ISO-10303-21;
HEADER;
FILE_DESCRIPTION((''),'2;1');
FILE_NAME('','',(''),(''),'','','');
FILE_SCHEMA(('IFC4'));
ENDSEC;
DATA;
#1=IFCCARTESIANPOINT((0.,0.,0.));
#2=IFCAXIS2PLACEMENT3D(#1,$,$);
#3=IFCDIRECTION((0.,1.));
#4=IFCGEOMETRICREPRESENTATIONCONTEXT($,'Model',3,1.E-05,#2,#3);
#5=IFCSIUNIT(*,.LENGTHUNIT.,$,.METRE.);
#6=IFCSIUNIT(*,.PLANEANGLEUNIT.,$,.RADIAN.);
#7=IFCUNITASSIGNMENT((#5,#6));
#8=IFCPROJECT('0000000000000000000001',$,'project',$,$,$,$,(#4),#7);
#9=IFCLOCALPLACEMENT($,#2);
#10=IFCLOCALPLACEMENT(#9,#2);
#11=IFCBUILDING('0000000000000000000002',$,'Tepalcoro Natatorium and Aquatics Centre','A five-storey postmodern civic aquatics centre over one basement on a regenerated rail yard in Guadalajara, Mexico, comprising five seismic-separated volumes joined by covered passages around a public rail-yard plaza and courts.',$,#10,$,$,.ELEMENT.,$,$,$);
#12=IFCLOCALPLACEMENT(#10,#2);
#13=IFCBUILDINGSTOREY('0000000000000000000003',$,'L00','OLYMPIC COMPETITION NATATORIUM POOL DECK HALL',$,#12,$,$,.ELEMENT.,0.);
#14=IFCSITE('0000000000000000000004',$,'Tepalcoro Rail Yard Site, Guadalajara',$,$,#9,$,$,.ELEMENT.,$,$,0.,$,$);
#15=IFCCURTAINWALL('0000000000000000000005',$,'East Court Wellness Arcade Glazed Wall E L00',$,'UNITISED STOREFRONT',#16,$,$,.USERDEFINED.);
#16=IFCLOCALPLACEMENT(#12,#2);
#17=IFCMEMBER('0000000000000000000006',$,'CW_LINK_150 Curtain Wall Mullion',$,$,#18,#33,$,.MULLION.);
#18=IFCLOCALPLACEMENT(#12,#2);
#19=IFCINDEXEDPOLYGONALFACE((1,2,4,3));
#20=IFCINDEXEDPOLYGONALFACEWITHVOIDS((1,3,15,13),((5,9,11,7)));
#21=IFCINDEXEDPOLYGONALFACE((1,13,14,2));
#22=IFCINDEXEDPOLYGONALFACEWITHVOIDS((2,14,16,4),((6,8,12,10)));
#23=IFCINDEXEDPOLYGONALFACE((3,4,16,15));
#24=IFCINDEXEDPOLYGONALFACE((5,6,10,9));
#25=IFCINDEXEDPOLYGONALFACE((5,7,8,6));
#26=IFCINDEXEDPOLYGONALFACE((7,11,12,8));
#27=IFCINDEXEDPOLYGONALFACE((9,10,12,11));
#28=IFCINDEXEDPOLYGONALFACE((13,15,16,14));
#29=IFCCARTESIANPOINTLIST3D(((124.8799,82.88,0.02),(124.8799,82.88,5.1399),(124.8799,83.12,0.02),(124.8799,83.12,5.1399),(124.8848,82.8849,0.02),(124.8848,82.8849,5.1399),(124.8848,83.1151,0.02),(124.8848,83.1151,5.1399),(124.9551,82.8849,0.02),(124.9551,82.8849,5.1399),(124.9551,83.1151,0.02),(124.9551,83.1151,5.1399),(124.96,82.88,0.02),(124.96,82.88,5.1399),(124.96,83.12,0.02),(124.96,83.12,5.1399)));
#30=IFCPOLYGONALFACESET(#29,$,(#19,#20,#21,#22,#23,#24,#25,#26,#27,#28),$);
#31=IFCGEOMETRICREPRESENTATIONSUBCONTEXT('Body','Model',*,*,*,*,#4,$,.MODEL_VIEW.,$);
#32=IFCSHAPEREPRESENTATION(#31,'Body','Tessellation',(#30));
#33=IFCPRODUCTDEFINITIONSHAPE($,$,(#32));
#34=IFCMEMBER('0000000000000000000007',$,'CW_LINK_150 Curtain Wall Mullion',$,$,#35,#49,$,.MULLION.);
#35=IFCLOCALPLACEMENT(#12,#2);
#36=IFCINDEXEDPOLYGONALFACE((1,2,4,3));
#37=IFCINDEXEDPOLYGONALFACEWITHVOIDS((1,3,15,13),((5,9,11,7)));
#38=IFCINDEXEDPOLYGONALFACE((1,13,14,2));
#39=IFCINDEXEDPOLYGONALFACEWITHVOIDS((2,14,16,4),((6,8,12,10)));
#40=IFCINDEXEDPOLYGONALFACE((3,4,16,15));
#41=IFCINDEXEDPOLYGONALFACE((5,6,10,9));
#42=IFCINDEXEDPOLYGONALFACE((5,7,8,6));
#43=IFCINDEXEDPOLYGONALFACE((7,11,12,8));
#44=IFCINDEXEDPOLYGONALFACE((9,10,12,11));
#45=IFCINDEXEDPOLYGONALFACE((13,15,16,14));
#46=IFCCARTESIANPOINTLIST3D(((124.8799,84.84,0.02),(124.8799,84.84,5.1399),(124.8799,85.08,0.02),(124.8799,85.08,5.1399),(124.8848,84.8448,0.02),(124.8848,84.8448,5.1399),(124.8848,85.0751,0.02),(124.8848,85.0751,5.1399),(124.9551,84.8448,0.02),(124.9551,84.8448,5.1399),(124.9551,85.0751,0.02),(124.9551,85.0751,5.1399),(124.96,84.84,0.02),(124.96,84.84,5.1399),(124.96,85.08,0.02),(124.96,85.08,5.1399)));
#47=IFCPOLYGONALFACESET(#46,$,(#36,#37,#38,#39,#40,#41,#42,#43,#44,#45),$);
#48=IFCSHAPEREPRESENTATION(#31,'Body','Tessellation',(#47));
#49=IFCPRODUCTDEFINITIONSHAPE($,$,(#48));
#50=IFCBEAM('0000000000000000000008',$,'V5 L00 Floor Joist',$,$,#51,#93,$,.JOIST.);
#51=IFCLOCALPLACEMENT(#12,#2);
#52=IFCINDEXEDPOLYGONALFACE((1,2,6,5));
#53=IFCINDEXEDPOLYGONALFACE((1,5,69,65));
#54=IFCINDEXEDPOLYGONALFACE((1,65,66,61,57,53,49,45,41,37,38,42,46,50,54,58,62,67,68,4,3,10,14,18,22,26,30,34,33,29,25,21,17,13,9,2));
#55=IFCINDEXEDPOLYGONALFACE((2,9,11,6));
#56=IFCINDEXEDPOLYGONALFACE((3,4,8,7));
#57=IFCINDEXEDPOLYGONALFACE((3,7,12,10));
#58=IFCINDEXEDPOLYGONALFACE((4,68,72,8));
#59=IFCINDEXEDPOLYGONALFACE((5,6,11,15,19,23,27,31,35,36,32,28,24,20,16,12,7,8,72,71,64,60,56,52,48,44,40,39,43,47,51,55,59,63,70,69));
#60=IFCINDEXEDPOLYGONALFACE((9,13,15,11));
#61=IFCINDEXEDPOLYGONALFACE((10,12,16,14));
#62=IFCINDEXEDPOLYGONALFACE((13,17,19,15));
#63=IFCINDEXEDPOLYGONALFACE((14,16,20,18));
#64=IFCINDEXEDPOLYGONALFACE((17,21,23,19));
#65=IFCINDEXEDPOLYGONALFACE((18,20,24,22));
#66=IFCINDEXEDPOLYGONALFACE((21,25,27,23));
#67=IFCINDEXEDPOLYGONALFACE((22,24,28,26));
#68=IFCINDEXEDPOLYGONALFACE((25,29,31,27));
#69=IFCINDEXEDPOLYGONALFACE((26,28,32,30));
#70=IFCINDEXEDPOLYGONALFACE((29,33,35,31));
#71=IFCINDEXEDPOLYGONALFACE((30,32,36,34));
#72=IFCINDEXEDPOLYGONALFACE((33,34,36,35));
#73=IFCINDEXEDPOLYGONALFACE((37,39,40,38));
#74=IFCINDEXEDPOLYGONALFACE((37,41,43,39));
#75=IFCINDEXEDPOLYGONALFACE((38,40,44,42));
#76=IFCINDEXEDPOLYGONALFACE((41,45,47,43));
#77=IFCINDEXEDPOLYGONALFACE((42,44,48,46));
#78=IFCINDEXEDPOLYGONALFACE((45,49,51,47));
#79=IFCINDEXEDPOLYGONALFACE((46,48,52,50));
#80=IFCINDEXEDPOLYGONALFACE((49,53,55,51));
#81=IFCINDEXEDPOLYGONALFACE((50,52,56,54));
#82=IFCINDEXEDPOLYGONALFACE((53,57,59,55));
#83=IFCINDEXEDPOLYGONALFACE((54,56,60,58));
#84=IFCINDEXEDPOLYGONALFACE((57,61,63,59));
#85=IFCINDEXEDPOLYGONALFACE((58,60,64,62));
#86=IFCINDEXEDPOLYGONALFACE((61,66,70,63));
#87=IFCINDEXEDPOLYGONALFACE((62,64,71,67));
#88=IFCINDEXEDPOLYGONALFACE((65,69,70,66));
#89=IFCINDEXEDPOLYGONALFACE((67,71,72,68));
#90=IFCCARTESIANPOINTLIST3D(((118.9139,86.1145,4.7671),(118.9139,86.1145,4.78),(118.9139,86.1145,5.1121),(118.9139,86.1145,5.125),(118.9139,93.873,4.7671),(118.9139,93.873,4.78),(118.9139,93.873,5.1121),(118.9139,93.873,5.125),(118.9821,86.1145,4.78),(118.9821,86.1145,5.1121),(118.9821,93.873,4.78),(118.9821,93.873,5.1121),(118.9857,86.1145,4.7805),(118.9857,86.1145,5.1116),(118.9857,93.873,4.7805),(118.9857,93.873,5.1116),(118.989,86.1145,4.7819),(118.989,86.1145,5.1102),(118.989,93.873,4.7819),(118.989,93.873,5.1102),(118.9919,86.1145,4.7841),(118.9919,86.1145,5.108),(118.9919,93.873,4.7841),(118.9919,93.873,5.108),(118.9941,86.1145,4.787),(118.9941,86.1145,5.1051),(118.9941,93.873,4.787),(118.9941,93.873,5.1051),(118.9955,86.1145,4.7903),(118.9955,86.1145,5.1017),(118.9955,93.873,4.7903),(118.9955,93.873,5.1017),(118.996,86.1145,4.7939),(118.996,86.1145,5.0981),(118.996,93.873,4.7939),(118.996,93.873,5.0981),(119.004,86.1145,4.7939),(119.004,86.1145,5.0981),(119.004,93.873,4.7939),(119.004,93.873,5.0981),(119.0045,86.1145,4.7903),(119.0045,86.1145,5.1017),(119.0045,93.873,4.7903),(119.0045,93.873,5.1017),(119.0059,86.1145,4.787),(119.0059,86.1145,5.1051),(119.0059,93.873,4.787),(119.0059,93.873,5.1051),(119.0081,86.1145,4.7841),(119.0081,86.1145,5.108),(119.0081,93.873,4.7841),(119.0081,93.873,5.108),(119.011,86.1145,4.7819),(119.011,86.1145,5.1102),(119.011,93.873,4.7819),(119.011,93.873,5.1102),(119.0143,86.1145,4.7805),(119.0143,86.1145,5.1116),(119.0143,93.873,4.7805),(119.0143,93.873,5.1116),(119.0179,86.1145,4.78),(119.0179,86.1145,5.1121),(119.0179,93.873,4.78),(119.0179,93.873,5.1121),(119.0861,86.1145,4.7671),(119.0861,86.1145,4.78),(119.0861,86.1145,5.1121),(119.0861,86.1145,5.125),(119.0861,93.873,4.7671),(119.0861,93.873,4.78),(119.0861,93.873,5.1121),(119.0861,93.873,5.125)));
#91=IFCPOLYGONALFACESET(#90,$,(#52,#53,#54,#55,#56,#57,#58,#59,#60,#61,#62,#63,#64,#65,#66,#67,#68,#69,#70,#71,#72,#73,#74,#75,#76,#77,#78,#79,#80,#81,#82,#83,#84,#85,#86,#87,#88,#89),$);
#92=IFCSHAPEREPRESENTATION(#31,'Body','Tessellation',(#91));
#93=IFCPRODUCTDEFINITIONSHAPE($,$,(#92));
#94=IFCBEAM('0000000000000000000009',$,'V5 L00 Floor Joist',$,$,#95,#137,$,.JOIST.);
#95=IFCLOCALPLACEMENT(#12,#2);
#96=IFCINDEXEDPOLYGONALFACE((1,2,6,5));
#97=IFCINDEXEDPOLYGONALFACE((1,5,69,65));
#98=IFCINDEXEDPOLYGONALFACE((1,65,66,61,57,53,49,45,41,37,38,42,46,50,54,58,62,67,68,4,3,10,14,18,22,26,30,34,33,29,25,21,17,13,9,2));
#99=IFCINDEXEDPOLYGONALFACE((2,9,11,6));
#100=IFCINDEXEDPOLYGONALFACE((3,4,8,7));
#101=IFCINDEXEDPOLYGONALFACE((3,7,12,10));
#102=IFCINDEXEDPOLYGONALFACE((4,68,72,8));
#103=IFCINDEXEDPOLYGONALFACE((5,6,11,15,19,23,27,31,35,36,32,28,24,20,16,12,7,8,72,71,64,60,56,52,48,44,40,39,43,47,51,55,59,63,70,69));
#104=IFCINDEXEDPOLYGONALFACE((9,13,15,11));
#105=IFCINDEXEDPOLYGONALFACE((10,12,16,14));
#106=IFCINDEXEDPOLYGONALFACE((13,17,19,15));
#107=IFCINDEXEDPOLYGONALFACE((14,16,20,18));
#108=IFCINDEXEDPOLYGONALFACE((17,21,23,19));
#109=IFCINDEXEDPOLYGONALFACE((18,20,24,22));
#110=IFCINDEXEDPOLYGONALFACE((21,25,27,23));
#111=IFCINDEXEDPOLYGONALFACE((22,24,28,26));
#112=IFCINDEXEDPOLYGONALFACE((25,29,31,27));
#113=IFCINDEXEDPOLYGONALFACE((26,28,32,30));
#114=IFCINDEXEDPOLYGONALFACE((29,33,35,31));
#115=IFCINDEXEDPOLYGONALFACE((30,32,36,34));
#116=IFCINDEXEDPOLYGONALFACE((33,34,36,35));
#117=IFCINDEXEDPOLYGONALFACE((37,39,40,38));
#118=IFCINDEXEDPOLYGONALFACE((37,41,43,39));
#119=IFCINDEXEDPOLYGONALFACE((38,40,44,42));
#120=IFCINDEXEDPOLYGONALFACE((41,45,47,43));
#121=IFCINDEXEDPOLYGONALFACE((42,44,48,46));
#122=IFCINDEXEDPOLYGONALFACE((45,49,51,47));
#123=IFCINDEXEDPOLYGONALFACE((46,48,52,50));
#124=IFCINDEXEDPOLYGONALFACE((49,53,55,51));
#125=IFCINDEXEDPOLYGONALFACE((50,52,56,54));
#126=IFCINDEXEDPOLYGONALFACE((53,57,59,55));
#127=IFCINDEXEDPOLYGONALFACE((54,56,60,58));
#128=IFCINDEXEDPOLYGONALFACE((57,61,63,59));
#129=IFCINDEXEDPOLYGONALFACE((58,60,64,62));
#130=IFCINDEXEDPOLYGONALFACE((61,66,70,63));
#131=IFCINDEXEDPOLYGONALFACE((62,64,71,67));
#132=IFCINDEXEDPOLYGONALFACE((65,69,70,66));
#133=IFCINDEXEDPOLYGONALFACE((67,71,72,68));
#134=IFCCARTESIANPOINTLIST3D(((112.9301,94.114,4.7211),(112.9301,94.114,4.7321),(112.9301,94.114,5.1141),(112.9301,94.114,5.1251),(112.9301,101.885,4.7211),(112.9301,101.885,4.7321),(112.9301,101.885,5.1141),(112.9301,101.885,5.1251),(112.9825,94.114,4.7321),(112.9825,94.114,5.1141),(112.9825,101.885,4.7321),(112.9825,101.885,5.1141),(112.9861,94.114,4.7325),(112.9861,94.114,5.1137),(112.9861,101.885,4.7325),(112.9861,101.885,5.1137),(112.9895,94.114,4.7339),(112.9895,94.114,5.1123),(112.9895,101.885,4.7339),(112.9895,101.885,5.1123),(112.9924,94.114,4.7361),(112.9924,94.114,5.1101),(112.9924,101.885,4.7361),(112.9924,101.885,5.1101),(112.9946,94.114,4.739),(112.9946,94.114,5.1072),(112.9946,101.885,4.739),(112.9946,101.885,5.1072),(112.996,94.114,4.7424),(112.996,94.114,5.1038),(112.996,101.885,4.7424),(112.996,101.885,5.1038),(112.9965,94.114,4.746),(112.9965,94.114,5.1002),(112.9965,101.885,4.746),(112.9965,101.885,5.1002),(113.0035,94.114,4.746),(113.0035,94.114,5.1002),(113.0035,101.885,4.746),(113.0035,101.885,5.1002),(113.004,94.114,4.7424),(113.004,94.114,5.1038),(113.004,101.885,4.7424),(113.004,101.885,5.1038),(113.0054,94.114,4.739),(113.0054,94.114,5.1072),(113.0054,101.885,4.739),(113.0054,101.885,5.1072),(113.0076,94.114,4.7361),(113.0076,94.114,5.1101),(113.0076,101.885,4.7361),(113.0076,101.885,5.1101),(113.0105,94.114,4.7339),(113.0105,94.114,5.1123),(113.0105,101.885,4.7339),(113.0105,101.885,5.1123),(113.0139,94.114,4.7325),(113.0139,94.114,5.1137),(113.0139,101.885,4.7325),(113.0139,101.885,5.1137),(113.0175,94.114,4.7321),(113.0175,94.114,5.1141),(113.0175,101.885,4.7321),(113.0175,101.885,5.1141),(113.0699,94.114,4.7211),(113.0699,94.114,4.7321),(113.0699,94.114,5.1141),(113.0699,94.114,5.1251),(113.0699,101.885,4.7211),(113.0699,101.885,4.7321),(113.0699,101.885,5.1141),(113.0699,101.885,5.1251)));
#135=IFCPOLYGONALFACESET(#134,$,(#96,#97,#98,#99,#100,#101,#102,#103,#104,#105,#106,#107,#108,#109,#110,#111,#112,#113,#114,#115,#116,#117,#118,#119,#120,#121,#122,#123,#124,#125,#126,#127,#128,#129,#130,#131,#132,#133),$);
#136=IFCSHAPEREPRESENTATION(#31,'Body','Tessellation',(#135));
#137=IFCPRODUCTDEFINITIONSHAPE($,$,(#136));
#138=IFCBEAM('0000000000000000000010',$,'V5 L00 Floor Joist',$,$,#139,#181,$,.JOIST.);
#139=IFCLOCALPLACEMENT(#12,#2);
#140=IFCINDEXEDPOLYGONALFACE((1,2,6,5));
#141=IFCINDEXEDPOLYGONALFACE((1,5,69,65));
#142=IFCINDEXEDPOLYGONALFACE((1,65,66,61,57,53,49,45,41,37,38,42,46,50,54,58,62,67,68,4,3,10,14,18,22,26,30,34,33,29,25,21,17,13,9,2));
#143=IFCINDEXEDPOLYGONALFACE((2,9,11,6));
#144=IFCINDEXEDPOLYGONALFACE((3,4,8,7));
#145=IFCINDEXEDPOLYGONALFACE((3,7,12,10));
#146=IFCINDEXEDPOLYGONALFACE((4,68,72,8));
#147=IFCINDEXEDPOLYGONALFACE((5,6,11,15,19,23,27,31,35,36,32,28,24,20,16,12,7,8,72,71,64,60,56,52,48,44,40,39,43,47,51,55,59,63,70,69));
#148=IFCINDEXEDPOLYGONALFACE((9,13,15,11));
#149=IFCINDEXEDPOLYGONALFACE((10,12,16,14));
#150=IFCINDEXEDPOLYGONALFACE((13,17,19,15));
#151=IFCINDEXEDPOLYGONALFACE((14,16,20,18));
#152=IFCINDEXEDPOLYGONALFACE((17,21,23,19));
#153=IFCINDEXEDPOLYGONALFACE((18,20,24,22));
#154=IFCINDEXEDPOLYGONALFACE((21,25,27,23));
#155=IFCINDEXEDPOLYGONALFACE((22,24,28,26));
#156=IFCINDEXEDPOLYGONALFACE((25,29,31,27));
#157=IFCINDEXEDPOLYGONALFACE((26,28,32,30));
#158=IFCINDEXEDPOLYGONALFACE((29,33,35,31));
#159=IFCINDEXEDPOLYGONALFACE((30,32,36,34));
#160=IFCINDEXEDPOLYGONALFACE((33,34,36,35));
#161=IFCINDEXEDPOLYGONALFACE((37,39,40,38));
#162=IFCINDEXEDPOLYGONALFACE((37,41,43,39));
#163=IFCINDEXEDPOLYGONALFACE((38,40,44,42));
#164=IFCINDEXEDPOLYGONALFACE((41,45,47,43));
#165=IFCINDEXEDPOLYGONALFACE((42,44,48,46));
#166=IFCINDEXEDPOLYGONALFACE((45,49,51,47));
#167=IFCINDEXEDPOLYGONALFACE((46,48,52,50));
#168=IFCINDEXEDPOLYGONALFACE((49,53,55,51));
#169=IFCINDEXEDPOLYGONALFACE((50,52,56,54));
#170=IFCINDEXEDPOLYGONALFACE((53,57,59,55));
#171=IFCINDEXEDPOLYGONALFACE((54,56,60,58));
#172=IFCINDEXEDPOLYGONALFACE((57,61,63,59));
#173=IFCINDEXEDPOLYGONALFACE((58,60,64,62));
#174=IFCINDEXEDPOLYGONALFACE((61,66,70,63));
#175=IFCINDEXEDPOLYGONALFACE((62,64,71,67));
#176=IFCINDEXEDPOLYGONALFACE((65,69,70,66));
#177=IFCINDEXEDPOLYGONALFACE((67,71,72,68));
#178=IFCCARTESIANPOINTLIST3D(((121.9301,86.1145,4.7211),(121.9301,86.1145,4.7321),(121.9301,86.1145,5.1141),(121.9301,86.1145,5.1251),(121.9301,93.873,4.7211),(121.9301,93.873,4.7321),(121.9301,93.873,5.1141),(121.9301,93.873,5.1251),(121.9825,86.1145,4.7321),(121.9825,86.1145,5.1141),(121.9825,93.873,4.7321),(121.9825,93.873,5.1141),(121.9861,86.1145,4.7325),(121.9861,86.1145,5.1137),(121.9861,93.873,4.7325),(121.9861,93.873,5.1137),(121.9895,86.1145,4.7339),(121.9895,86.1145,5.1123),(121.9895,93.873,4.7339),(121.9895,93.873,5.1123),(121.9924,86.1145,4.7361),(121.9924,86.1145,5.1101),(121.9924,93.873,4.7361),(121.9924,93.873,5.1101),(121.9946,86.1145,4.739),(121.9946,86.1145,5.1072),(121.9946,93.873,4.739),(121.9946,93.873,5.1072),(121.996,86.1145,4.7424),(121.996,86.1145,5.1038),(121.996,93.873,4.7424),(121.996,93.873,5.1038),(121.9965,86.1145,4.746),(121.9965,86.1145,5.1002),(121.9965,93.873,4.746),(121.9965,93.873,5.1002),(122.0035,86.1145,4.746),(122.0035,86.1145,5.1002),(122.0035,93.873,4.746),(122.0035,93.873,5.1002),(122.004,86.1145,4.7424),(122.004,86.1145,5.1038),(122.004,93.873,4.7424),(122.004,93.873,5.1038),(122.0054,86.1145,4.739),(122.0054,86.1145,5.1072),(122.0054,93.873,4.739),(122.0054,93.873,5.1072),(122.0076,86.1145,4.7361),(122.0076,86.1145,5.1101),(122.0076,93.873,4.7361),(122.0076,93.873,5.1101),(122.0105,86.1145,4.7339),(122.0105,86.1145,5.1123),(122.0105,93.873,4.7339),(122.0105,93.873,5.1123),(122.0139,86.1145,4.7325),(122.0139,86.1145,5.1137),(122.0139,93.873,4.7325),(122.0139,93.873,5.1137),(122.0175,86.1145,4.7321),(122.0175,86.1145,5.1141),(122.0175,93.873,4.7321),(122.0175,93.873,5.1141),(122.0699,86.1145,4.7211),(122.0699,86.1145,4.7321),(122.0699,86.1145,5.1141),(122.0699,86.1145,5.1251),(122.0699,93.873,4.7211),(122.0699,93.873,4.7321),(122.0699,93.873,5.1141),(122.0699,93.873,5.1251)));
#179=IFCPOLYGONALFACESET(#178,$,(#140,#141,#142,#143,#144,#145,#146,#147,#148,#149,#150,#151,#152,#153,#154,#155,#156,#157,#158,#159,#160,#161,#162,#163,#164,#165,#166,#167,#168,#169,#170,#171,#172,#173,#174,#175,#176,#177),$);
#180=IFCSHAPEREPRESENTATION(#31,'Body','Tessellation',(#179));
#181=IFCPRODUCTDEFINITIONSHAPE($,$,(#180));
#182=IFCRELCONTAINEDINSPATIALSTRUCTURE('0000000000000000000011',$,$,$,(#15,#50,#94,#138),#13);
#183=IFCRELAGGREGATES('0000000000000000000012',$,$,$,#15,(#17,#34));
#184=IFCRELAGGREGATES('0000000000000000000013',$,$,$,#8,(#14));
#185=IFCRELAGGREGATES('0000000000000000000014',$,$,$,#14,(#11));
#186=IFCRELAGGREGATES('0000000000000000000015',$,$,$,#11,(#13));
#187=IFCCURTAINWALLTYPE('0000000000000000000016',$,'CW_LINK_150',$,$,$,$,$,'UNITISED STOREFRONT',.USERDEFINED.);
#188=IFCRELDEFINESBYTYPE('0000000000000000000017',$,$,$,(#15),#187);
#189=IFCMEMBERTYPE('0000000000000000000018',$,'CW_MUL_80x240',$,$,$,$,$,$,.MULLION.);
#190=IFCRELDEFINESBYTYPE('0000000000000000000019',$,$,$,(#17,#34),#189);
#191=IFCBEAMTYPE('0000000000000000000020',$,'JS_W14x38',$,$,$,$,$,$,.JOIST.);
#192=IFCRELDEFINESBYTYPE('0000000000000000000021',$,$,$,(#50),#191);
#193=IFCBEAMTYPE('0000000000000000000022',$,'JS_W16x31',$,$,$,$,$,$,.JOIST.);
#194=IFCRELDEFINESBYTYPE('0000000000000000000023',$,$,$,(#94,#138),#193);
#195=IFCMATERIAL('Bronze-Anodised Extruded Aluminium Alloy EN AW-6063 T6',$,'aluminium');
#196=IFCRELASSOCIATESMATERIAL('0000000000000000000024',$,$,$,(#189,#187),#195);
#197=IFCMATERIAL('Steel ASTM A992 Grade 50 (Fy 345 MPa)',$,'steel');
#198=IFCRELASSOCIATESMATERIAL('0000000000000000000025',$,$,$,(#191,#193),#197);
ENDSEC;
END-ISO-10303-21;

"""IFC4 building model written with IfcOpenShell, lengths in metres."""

from ifc_helpers import new_model, si_unit, direction, frame, origin, origin_2d, place, context, subcontext, project, spatial, hollow_rectangle, i_section, extrude, material, material_profile, profile_set, type_object, element, aggregate, save


model = new_model("IFC4")

# Units and contexts
model_context = context("Model", 3, precision=1e-05, world=origin(), true_north=direction((0.0, 1.0)))
body_context = subcontext(model_context, "Body", "Model", "MODEL_VIEW")
ifc_project = project(units=[si_unit("LENGTHUNIT", "METRE"), si_unit("PLANEANGLEUNIT", "RADIAN")], contexts=[model_context])

# Site, building, storey
site_placement = place(None, origin())
site = spatial("IfcSite", under=ifc_project, at=site_placement, Name="Tepalcoro Rail Yard Site, Guadalajara", CompositionType="ELEMENT", RefElevation=0.0)
building_placement = place(site_placement, origin())
building = spatial("IfcBuilding", under=site, at=building_placement, Name="Tepalcoro Natatorium and Aquatics Centre", Description="A five-storey postmodern civic aquatics centre over one basement on a regenerated rail yard in Guadalajara, Mexico, comprising five seismic-separated volumes joined by covered passages around a public rail-yard plaza and courts.", CompositionType="ELEMENT")
storey_placement = place(building_placement, origin())
storey = spatial("IfcBuildingStorey", under=building, at=storey_placement, Name="L00", Description="OLYMPIC COMPETITION NATATORIUM POOL DECK HALL", CompositionType="ELEMENT", Elevation=0.0)

# Shared definitions
ifc_material_1 = material(Name="Steel ASTM A992 Grade 50 (Fy 345 MPa)", Category="steel")

# Curtain wall, members
ifc_material_2 = material(Name="Bronze-Anodised Extruded Aluminium Alloy EN AW-6063 T6", Category="aluminium")
ifc_material_profile_1 = material_profile(ifc_material_2, hollow_rectangle(XDim=0.0801, YDim=0.24, WallThickness=0.0049, at=origin_2d()), Name="AL80X240X5")
ifc_profile_set_1 = profile_set([ifc_material_profile_1], Name="Bronze-Anodised Extruded Aluminium Alloy EN AW-6063 T6")
member_type = type_object("IfcMemberType", Name="CW_MUL_80x240", PredefinedType="MULLION", material=ifc_profile_set_1)
curtain_wall_type_1 = type_object("IfcCurtainWallType", Name="CW_LINK_150", ElementType="UNITISED STOREFRONT", PredefinedType="USERDEFINED", material=ifc_material_2)
curtain_wall_1_placement = place(storey_placement, origin())
curtain_wall_1 = element("IfcCurtainWall", 1, at=curtain_wall_1_placement, inside=storey, type_object=curtain_wall_type_1, Name="East Court Wellness Arcade Glazed Wall E L00", ObjectType="UNITISED STOREFRONT", PredefinedType="USERDEFINED")
member_1_placement = place(storey_placement, frame((124.9199, 83.0, 0.02), z_axis=(0.0, 0.0, 1.0), x_axis=(1.0, 0.0, 0.0)))
member_1 = element("IfcMember", 2, at=member_1_placement, type_object=member_type, Name="CW_LINK_150 Curtain Wall Mullion", PredefinedType="MULLION", context=body_context, shape_type="SweptSolid", body=[
    extrude(hollow_rectangle(XDim=0.0801, YDim=0.24, WallThickness=0.0049, at=origin_2d()), origin(), (0.0, 0.0, 1.0), 5.1199),
])
member_2_placement = place(storey_placement, frame((124.9199, 84.96, 0.02), z_axis=(0.0, 0.0, 1.0), x_axis=(1.0, 0.0, 0.0)))
member_2 = element("IfcMember", 3, at=member_2_placement, type_object=member_type, Name="CW_LINK_150 Curtain Wall Mullion", PredefinedType="MULLION", context=body_context, shape_type="SweptSolid", body=[
    extrude(hollow_rectangle(XDim=0.0801, YDim=0.24, WallThickness=0.0049, at=origin_2d()), origin(), (0.0, 0.0, 1.0), 5.1199),
])

# Beams
ifc_material_profile_2 = material_profile(ifc_material_1, i_section(OverallWidth=0.1721, OverallDepth=0.3579, WebThickness=0.0081, FlangeThickness=0.0129, FilletRadius=0.0139, at=origin_2d()), Name="W14X38")
ifc_profile_set_2 = profile_set([ifc_material_profile_2], Name="Steel ASTM A992 Grade 50 (Fy 345 MPa)")
beam_type_1 = type_object("IfcBeamType", Name="JS_W14x38", PredefinedType="JOIST", material=ifc_profile_set_2)
beam_1_placement = place(storey_placement, frame((119.0, 86.1145, 4.946), z_axis=(0.0, 1.0, 0.0), x_axis=(-1.0, 0.0, 0.0)))
element("IfcBeam", 4, at=beam_1_placement, inside=storey, type_object=beam_type_1, Name="V5 L00 Floor Joist", PredefinedType="JOIST", context=body_context, shape_type="SweptSolid", body=[
    extrude(i_section(OverallWidth=0.1721, OverallDepth=0.3579, WebThickness=0.0081, FlangeThickness=0.0129, FilletRadius=0.0139, at=origin_2d()), origin(), (0.0, 0.0, 1.0), 7.7585),
])
ifc_material_profile_3 = material_profile(ifc_material_1, i_section(OverallWidth=0.1399, OverallDepth=0.4041, WebThickness=0.0071, FlangeThickness=0.011, FilletRadius=0.0139, at=origin_2d()), Name="W16X31")
ifc_profile_set_3 = profile_set([ifc_material_profile_3], Name="Steel ASTM A992 Grade 50 (Fy 345 MPa)")
beam_type_2 = type_object("IfcBeamType", Name="JS_W16x31", PredefinedType="JOIST", material=ifc_profile_set_3)
beam_2_placement = place(storey_placement, frame((113.0, 94.114, 4.9231), z_axis=(0.0, 1.0, 0.0), x_axis=(-1.0, 0.0, 0.0)))
element("IfcBeam", 5, at=beam_2_placement, inside=storey, type_object=beam_type_2, Name="V5 L00 Floor Joist", PredefinedType="JOIST", context=body_context, shape_type="SweptSolid", body=[
    extrude(i_section(OverallWidth=0.1399, OverallDepth=0.4041, WebThickness=0.0071, FlangeThickness=0.011, FilletRadius=0.0139, at=origin_2d()), origin(), (0.0, 0.0, 1.0), 7.771),
])
beam_3_placement = place(storey_placement, frame((122.0, 86.1145, 4.9231), z_axis=(0.0, 1.0, 0.0), x_axis=(-1.0, 0.0, 0.0)))
element("IfcBeam", 6, at=beam_3_placement, inside=storey, type_object=beam_type_2, Name="V5 L00 Floor Joist", PredefinedType="JOIST", context=body_context, shape_type="SweptSolid", body=[
    extrude(i_section(OverallWidth=0.1399, OverallDepth=0.4041, WebThickness=0.0071, FlangeThickness=0.011, FilletRadius=0.0139, at=origin_2d()), origin(), (0.0, 0.0, 1.0), 7.7585),
])

aggregate(curtain_wall_1, [member_1, member_2])

save(model, "model.ifc")
